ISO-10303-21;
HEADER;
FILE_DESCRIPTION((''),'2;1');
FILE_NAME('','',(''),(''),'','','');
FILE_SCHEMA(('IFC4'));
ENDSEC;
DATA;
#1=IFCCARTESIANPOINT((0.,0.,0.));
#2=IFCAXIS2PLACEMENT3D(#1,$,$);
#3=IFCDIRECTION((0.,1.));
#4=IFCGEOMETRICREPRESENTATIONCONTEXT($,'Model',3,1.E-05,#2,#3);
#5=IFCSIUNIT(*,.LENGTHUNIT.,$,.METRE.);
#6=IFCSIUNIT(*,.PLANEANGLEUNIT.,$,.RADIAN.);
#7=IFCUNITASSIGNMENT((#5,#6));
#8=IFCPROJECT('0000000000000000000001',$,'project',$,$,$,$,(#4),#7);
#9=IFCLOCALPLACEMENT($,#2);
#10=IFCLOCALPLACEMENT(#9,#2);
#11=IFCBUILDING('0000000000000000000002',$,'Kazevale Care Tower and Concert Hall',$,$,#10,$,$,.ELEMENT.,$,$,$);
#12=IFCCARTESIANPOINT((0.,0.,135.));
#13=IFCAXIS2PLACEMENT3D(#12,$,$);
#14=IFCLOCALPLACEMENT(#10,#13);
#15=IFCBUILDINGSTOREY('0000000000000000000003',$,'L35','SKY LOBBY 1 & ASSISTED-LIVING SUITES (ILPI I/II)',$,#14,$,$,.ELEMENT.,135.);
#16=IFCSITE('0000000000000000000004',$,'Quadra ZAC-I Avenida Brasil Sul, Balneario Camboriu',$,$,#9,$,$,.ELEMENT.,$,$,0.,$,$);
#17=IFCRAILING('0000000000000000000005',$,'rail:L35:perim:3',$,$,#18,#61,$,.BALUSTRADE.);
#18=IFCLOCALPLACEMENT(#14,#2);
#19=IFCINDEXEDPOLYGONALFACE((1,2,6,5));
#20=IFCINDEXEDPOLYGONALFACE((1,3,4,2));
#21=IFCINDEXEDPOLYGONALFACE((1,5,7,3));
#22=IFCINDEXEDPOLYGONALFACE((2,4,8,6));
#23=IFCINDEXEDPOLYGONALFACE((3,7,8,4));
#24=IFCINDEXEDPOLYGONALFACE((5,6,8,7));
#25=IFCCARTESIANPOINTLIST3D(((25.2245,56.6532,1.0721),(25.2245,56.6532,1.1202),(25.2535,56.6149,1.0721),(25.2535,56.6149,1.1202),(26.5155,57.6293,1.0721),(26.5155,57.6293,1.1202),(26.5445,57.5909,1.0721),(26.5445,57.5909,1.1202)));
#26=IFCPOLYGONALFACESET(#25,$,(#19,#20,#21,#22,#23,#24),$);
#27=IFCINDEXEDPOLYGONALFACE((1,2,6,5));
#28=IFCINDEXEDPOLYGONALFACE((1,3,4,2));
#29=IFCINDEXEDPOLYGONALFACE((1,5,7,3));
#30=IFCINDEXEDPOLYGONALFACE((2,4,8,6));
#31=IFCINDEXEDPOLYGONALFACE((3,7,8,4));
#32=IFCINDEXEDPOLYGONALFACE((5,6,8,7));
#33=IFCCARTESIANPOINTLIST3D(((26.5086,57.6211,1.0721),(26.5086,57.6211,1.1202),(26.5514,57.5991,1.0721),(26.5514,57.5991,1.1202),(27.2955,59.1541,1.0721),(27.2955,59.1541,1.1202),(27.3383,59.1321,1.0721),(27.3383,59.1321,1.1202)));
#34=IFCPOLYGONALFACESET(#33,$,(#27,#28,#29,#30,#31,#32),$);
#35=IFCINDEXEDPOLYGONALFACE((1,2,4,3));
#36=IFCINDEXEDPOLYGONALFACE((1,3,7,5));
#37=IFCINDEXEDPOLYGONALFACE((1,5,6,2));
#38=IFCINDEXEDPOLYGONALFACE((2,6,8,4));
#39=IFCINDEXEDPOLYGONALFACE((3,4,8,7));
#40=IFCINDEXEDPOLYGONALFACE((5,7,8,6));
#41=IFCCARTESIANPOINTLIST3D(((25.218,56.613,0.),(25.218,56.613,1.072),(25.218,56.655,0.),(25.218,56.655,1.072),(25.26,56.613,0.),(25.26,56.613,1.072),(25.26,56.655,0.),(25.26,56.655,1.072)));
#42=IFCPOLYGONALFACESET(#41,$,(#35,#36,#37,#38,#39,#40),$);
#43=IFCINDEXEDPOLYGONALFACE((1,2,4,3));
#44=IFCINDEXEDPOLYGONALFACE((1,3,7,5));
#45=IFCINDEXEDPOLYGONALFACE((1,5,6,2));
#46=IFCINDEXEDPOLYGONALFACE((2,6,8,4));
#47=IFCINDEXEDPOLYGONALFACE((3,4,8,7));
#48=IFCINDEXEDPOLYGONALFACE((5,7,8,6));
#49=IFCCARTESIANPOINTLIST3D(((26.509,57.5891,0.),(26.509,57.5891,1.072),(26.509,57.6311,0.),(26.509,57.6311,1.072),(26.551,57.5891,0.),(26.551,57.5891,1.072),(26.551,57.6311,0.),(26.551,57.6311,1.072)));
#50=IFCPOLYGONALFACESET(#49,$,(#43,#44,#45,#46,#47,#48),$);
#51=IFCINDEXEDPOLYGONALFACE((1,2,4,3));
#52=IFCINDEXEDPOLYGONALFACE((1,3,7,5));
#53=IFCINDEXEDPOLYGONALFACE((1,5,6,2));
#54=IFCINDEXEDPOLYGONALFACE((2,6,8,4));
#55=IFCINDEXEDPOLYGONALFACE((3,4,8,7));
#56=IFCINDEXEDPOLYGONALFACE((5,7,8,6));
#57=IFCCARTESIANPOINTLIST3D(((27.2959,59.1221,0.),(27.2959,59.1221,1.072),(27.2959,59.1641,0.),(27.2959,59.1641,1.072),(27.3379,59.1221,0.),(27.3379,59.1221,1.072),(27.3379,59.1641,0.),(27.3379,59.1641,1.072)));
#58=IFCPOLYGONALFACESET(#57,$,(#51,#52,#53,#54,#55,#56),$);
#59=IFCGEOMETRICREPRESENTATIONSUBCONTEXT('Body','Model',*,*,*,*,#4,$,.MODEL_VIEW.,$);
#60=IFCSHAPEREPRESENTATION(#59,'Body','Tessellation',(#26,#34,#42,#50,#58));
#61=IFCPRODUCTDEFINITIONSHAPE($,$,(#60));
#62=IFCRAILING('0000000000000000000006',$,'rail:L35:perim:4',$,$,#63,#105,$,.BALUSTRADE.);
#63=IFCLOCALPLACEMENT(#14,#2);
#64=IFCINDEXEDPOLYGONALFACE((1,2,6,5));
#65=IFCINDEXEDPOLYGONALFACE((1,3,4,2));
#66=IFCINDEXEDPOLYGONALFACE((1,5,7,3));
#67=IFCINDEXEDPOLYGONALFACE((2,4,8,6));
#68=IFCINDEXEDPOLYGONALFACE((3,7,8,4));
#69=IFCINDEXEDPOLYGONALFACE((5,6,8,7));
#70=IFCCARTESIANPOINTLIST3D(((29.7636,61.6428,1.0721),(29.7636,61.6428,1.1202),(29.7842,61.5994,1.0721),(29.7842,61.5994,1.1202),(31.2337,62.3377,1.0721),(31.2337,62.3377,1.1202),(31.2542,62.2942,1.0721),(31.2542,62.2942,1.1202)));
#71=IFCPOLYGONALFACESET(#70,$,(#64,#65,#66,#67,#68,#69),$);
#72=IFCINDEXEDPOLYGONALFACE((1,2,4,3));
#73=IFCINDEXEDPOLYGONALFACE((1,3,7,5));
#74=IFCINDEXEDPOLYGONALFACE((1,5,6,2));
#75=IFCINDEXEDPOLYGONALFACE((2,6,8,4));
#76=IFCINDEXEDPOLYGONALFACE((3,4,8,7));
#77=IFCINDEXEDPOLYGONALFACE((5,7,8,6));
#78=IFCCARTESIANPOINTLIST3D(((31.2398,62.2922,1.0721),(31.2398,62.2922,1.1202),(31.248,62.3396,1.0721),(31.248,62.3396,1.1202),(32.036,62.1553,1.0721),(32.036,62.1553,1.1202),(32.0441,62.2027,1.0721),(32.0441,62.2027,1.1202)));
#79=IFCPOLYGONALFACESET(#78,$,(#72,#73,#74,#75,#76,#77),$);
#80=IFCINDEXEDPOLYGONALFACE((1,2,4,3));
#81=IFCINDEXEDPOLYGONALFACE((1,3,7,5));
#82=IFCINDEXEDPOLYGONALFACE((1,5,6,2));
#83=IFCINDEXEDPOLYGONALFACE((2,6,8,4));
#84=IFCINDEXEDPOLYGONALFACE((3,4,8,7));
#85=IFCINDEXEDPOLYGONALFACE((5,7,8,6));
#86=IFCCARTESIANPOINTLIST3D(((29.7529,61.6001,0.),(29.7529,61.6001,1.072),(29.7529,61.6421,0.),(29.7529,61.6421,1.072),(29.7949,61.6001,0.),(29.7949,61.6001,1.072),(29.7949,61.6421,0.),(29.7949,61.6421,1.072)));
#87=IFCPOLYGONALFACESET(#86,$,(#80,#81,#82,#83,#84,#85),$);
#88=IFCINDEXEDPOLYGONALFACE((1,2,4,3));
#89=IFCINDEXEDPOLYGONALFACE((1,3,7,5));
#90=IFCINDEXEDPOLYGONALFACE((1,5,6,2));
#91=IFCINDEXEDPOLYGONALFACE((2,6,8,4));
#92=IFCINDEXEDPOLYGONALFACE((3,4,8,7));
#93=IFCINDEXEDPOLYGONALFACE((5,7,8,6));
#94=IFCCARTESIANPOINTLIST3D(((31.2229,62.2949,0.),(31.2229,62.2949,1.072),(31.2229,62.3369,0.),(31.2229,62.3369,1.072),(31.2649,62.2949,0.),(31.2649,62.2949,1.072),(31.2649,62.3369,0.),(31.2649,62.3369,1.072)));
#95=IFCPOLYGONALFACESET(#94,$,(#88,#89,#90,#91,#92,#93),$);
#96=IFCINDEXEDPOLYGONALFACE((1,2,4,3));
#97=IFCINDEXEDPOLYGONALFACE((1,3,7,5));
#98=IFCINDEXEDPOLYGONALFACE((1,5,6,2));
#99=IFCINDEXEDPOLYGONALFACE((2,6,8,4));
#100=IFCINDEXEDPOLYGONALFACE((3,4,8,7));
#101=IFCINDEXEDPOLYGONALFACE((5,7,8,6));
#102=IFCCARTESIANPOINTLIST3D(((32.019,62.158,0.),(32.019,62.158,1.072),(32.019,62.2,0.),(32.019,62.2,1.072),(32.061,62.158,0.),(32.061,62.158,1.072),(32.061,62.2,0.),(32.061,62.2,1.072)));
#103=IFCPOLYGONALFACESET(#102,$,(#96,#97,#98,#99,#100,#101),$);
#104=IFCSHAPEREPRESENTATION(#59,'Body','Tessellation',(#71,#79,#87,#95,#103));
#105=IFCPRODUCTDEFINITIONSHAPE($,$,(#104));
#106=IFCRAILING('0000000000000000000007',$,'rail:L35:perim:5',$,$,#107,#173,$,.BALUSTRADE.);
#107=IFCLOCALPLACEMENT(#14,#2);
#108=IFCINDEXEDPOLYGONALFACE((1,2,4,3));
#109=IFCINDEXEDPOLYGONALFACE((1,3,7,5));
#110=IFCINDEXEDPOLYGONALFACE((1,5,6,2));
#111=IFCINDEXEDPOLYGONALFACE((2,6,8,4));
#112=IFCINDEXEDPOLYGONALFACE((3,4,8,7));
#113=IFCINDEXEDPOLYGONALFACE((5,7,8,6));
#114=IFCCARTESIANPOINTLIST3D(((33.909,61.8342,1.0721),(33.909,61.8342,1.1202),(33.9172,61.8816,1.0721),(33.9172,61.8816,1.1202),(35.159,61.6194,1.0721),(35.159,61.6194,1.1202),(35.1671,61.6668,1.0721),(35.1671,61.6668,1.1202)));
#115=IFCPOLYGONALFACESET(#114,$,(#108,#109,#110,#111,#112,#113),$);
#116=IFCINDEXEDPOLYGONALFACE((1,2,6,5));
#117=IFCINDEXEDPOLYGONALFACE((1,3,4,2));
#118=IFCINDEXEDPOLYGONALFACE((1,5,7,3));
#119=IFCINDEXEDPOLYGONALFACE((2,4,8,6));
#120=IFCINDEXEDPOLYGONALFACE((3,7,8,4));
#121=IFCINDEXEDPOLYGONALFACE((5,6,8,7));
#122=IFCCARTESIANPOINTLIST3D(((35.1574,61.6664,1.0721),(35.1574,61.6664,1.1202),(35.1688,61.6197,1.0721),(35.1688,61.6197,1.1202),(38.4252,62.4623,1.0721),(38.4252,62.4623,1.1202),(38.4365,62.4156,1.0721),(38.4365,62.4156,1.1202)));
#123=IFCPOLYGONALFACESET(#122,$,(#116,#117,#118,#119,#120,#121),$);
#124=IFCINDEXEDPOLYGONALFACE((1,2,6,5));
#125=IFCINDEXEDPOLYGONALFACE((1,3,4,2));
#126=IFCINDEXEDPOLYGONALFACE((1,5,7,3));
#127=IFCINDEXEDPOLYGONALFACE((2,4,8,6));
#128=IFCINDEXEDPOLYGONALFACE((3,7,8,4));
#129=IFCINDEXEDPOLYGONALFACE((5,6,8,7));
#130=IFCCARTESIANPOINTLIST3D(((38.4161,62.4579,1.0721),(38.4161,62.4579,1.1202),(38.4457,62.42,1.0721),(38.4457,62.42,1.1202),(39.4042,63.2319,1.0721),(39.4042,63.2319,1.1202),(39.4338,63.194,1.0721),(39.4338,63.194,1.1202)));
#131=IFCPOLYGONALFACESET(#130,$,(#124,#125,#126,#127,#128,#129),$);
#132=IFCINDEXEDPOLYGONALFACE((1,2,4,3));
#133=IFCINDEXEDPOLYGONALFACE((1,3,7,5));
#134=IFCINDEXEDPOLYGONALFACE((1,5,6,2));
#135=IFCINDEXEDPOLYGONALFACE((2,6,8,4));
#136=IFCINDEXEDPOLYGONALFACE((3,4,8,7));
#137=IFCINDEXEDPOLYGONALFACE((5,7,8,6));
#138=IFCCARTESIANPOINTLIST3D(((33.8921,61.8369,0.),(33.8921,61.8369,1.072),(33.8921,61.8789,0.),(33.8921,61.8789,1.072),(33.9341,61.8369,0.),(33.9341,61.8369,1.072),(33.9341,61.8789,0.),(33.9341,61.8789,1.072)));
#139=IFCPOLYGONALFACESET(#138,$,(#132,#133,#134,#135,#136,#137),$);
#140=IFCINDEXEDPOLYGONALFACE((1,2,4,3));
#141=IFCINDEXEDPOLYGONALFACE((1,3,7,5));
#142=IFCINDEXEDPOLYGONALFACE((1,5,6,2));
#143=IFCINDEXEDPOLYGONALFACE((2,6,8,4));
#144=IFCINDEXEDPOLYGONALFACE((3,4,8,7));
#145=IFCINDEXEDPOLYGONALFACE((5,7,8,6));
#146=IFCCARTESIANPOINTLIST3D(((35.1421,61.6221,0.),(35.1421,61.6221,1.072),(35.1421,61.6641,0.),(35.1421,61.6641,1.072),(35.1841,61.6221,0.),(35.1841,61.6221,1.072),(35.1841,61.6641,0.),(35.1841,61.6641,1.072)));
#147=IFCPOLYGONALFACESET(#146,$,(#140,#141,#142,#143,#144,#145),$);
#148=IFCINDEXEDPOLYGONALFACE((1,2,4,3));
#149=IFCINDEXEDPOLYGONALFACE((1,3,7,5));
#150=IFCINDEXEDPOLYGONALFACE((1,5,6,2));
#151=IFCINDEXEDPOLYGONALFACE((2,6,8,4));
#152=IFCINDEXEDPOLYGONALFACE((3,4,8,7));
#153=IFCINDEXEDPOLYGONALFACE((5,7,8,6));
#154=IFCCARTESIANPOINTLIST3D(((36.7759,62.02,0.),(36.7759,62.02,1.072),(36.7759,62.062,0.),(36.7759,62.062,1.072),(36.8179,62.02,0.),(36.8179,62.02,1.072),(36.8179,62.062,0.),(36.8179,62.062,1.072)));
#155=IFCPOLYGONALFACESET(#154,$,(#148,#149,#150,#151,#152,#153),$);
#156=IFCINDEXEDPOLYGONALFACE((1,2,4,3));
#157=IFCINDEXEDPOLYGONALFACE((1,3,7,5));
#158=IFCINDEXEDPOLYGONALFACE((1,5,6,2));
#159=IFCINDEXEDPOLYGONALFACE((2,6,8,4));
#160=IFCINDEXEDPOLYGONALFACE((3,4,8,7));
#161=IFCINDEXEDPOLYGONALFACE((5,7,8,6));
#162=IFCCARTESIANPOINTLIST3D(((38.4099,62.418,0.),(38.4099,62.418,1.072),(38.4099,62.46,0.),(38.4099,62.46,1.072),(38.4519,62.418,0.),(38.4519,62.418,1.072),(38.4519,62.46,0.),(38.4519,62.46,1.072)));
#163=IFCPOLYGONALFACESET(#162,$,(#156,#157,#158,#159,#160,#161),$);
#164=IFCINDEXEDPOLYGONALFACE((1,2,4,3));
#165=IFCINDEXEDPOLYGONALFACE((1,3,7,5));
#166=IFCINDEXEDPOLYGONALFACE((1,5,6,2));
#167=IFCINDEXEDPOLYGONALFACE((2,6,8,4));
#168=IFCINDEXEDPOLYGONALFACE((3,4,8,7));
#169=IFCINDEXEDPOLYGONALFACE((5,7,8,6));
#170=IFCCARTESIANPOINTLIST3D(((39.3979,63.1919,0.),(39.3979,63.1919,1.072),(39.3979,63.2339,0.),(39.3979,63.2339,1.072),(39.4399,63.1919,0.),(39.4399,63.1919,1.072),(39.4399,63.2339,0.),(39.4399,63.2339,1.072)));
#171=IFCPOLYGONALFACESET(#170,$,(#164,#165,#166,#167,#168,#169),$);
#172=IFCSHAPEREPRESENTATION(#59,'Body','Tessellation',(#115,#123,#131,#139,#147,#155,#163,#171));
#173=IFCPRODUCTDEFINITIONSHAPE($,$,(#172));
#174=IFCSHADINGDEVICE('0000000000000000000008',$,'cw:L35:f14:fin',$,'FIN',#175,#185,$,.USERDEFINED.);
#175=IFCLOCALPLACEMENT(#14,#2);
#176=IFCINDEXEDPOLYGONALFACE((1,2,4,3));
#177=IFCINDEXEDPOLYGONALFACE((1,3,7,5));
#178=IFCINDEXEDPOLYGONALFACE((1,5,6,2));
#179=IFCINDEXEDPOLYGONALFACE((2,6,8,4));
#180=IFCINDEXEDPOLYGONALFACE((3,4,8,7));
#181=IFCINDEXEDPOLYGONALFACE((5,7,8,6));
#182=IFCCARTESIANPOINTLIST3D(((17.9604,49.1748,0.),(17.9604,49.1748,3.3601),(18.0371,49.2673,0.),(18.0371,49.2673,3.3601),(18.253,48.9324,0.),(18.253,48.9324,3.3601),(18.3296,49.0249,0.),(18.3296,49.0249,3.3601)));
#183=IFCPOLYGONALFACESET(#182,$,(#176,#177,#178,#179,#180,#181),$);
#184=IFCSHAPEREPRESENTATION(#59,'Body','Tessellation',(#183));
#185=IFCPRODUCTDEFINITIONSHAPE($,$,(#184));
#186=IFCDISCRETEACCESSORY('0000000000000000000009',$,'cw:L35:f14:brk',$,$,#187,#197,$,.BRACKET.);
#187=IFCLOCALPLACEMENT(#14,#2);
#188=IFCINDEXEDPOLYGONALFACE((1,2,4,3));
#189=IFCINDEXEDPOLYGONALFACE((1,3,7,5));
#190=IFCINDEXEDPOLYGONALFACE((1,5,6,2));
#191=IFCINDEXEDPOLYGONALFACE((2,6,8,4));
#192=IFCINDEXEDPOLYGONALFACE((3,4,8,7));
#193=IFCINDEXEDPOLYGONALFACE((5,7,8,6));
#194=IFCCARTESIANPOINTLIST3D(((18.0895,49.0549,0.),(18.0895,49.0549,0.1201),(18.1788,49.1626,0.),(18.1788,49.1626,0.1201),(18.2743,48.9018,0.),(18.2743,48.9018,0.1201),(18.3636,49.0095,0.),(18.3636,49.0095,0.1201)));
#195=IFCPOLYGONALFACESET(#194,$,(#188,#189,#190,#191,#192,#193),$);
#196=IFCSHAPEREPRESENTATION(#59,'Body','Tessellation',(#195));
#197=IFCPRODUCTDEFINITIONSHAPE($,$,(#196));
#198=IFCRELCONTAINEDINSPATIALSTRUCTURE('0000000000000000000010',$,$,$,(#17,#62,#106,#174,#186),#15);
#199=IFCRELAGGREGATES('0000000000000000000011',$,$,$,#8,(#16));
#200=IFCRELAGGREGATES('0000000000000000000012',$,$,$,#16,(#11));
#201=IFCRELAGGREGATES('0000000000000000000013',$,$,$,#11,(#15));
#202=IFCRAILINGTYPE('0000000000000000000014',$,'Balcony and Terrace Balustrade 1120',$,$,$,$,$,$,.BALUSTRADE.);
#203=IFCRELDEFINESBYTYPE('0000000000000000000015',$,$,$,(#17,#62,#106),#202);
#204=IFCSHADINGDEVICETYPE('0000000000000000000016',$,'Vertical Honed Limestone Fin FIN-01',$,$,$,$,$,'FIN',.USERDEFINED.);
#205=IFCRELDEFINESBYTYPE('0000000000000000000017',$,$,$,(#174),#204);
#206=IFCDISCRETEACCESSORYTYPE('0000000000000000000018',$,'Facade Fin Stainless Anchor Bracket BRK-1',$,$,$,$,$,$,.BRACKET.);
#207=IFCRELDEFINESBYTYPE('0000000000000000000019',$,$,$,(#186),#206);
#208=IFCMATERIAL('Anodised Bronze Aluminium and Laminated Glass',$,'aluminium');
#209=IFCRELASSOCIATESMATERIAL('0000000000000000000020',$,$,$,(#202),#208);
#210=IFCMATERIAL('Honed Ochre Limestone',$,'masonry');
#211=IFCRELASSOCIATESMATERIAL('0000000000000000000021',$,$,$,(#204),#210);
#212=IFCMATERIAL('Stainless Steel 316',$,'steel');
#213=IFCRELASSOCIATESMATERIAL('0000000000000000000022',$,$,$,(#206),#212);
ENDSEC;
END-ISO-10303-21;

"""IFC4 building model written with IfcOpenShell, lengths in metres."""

from ifc_helpers import new_model, si_unit, direction, frame, origin, origin_2d, place, context, subcontext, project, spatial, rectangle, extrude, material, type_object, element, save


model = new_model("IFC4")

# Units and contexts
model_context = context("Model", 3, precision=1e-05, world=origin(), true_north=direction((0.0, 1.0)))
body_context = subcontext(model_context, "Body", "Model", "MODEL_VIEW")
ifc_project = project(units=[si_unit("LENGTHUNIT", "METRE"), si_unit("PLANEANGLEUNIT", "RADIAN")], contexts=[model_context])

# Site, building, storey
site_placement = place(None, origin())
site = spatial("IfcSite", under=ifc_project, at=site_placement, Name="Quadra ZAC-I Avenida Brasil Sul, Balneario Camboriu", CompositionType="ELEMENT", RefElevation=0.0)
building_placement = place(site_placement, origin())
building = spatial("IfcBuilding", under=site, at=building_placement, Name="Kazevale Care Tower and Concert Hall", CompositionType="ELEMENT")
storey_placement = place(building_placement, frame((0.0, 0.0, 135.0)))
storey = spatial("IfcBuildingStorey", under=building, at=storey_placement, Name="L35", Description="SKY LOBBY 1 & ASSISTED-LIVING SUITES (ILPI I/II)", CompositionType="ELEMENT", Elevation=135.0)

# Railings
ifc_material_1 = material(Name="Anodised Bronze Aluminium and Laminated Glass", Category="aluminium")
railing_type = type_object("IfcRailingType", Name="Balcony and Terrace Balustrade 1120", PredefinedType="BALUSTRADE", material=ifc_material_1)
railing_1_placement = place(storey_placement, frame((25.239, 56.634, 0.0)))
element("IfcRailing", 1, at=railing_1_placement, inside=storey, type_object=railing_type, Name="rail:L35:perim:3", PredefinedType="BALUSTRADE", context=body_context, shape_type="SweptSolid", body=[
    extrude(rectangle(XDim=0.0481, YDim=0.0481, at=origin_2d()), frame((0.0, 0.0, 1.0962), z_axis=(0.797677, 0.603085, 0.0), x_axis=(-0.603085, 0.797677, 0.0)), (0.0, 0.0, 1.0), 1.6184),
    extrude(rectangle(XDim=0.0481, YDim=0.0481, at=origin_2d()), frame((1.291, 0.9761, 1.0962), z_axis=(0.456653, 0.889645, 0.0), x_axis=(-0.889645, 0.456653, 0.0)), (0.0, 0.0, 1.0), 1.7231),
    extrude(rectangle(XDim=0.042, YDim=0.042, at=origin_2d()), origin(), (0.0, 0.0, 1.0), 1.072),
    extrude(rectangle(XDim=0.042, YDim=0.042, at=origin_2d()), frame((1.291, 0.9761, 0.0)), (0.0, 0.0, 1.0), 1.072),
    extrude(rectangle(XDim=0.042, YDim=0.042, at=origin_2d()), frame((2.0779, 2.509, 0.0)), (0.0, 0.0, 1.0), 1.072),
])
railing_2_placement = place(storey_placement, frame((29.7739, 61.6211, 0.0)))
element("IfcRailing", 2, at=railing_2_placement, inside=storey, type_object=railing_type, Name="rail:L35:perim:4", PredefinedType="BALUSTRADE", context=body_context, shape_type="SweptSolid", body=[
    extrude(rectangle(XDim=0.0481, YDim=0.0481, at=origin_2d()), frame((0.0, 0.0, 1.0962), z_axis=(0.904089, 0.427344, 0.0), x_axis=(-0.427344, 0.904089, 0.0)), (0.0, 0.0, 1.0), 1.626),
    extrude(rectangle(XDim=0.0481, YDim=0.0481, at=origin_2d()), frame((1.47, 0.6948, 1.0962), z_axis=(0.985523, -0.169543, 0.0), x_axis=(0.169543, 0.985523, 0.0)), (0.0, 0.0, 1.0), 0.8079),
    extrude(rectangle(XDim=0.042, YDim=0.042, at=origin_2d()), origin(), (0.0, 0.0, 1.0), 1.072),
    extrude(rectangle(XDim=0.042, YDim=0.042, at=origin_2d()), frame((1.47, 0.6948, 0.0)), (0.0, 0.0, 1.0), 1.072),
    extrude(rectangle(XDim=0.042, YDim=0.042, at=origin_2d()), frame((2.2661, 0.5579, 0.0)), (0.0, 0.0, 1.0), 1.072),
])
railing_3_placement = place(storey_placement, frame((33.9131, 61.8579, 0.0)))
element("IfcRailing", 3, at=railing_3_placement, inside=storey, type_object=railing_type, Name="rail:L35:perim:5", PredefinedType="BALUSTRADE", context=body_context, shape_type="SweptSolid", body=[
    extrude(rectangle(XDim=0.0481, YDim=0.0481, at=origin_2d()), frame((0.0, 0.0, 1.0962), z_axis=(0.985549, -0.169391, 0.0), x_axis=(0.169391, 0.985549, 0.0)), (0.0, 0.0, 1.0), 1.2683),
    extrude(rectangle(XDim=0.0481, YDim=0.0481, at=origin_2d()), frame((1.25, -0.2148, 1.0962), z_axis=(0.971598, 0.236639, 0.0), x_axis=(-0.236639, 0.971598, 0.0)), (0.0, 0.0, 1.0), 3.3633),
    extrude(rectangle(XDim=0.0481, YDim=0.0481, at=origin_2d()), frame((4.5178, 0.5811, 1.0962), z_axis=(0.787242, 0.616644, 0.0), x_axis=(-0.616644, 0.787242, 0.0)), (0.0, 0.0, 1.0), 1.2551),
    extrude(rectangle(XDim=0.042, YDim=0.042, at=origin_2d()), origin(), (0.0, 0.0, 1.0), 1.072),
    extrude(rectangle(XDim=0.042, YDim=0.042, at=origin_2d()), frame((1.25, -0.2148, 0.0)), (0.0, 0.0, 1.0), 1.072),
    extrude(rectangle(XDim=0.042, YDim=0.042, at=origin_2d()), frame((2.8838, 0.1831, 0.0)), (0.0, 0.0, 1.0), 1.072),
    extrude(rectangle(XDim=0.042, YDim=0.042, at=origin_2d()), frame((4.5178, 0.5811, 0.0)), (0.0, 0.0, 1.0), 1.072),
    extrude(rectangle(XDim=0.042, YDim=0.042, at=origin_2d()), frame((5.5059, 1.355, 0.0)), (0.0, 0.0, 1.0), 1.072),
])

# Shading device
ifc_material_2 = material(Name="Honed Ochre Limestone", Category="masonry")
shading_device_type = type_object("IfcShadingDeviceType", Name="Vertical Honed Limestone Fin FIN-01", ElementType="FIN", PredefinedType="USERDEFINED", material=ifc_material_2)
shading_device_placement = place(storey_placement, frame((18.145, 49.0999, 0.0), z_axis=(0.0, 0.0, 1.0), x_axis=(-0.770068, 0.637962, 0.0)))
element("IfcShadingDevice", 4, at=shading_device_placement, inside=storey, type_object=shading_device_type, Name="cw:L35:f14:fin", ObjectType="FIN", PredefinedType="USERDEFINED", context=body_context, shape_type="SweptSolid", body=[
    extrude(rectangle(XDim=0.3799, YDim=0.1201, at=origin_2d()), origin(), (0.0, 0.0, 1.0), 3.3601),
])

# Discrete accessory
ifc_material_3 = material(Name="Stainless Steel 316", Category="steel")
discrete_accessory_type = type_object("IfcDiscreteAccessoryType", Name="Facade Fin Stainless Anchor Bracket BRK-1", PredefinedType="BRACKET", material=ifc_material_3)
discrete_accessory_placement = place(storey_placement, frame((18.2266, 49.0322, 0.0), z_axis=(0.0, 0.0, 1.0), x_axis=(-0.770068, 0.637962, 0.0)))
element("IfcDiscreteAccessory", 5, at=discrete_accessory_placement, inside=storey, type_object=discrete_accessory_type, Name="cw:L35:f14:brk", PredefinedType="BRACKET", context=body_context, shape_type="SweptSolid", body=[
    extrude(rectangle(XDim=0.24, YDim=0.1399, at=origin_2d()), origin(), (0.0, 0.0, 1.0), 0.1201),
])

save(model, "model.ifc")
